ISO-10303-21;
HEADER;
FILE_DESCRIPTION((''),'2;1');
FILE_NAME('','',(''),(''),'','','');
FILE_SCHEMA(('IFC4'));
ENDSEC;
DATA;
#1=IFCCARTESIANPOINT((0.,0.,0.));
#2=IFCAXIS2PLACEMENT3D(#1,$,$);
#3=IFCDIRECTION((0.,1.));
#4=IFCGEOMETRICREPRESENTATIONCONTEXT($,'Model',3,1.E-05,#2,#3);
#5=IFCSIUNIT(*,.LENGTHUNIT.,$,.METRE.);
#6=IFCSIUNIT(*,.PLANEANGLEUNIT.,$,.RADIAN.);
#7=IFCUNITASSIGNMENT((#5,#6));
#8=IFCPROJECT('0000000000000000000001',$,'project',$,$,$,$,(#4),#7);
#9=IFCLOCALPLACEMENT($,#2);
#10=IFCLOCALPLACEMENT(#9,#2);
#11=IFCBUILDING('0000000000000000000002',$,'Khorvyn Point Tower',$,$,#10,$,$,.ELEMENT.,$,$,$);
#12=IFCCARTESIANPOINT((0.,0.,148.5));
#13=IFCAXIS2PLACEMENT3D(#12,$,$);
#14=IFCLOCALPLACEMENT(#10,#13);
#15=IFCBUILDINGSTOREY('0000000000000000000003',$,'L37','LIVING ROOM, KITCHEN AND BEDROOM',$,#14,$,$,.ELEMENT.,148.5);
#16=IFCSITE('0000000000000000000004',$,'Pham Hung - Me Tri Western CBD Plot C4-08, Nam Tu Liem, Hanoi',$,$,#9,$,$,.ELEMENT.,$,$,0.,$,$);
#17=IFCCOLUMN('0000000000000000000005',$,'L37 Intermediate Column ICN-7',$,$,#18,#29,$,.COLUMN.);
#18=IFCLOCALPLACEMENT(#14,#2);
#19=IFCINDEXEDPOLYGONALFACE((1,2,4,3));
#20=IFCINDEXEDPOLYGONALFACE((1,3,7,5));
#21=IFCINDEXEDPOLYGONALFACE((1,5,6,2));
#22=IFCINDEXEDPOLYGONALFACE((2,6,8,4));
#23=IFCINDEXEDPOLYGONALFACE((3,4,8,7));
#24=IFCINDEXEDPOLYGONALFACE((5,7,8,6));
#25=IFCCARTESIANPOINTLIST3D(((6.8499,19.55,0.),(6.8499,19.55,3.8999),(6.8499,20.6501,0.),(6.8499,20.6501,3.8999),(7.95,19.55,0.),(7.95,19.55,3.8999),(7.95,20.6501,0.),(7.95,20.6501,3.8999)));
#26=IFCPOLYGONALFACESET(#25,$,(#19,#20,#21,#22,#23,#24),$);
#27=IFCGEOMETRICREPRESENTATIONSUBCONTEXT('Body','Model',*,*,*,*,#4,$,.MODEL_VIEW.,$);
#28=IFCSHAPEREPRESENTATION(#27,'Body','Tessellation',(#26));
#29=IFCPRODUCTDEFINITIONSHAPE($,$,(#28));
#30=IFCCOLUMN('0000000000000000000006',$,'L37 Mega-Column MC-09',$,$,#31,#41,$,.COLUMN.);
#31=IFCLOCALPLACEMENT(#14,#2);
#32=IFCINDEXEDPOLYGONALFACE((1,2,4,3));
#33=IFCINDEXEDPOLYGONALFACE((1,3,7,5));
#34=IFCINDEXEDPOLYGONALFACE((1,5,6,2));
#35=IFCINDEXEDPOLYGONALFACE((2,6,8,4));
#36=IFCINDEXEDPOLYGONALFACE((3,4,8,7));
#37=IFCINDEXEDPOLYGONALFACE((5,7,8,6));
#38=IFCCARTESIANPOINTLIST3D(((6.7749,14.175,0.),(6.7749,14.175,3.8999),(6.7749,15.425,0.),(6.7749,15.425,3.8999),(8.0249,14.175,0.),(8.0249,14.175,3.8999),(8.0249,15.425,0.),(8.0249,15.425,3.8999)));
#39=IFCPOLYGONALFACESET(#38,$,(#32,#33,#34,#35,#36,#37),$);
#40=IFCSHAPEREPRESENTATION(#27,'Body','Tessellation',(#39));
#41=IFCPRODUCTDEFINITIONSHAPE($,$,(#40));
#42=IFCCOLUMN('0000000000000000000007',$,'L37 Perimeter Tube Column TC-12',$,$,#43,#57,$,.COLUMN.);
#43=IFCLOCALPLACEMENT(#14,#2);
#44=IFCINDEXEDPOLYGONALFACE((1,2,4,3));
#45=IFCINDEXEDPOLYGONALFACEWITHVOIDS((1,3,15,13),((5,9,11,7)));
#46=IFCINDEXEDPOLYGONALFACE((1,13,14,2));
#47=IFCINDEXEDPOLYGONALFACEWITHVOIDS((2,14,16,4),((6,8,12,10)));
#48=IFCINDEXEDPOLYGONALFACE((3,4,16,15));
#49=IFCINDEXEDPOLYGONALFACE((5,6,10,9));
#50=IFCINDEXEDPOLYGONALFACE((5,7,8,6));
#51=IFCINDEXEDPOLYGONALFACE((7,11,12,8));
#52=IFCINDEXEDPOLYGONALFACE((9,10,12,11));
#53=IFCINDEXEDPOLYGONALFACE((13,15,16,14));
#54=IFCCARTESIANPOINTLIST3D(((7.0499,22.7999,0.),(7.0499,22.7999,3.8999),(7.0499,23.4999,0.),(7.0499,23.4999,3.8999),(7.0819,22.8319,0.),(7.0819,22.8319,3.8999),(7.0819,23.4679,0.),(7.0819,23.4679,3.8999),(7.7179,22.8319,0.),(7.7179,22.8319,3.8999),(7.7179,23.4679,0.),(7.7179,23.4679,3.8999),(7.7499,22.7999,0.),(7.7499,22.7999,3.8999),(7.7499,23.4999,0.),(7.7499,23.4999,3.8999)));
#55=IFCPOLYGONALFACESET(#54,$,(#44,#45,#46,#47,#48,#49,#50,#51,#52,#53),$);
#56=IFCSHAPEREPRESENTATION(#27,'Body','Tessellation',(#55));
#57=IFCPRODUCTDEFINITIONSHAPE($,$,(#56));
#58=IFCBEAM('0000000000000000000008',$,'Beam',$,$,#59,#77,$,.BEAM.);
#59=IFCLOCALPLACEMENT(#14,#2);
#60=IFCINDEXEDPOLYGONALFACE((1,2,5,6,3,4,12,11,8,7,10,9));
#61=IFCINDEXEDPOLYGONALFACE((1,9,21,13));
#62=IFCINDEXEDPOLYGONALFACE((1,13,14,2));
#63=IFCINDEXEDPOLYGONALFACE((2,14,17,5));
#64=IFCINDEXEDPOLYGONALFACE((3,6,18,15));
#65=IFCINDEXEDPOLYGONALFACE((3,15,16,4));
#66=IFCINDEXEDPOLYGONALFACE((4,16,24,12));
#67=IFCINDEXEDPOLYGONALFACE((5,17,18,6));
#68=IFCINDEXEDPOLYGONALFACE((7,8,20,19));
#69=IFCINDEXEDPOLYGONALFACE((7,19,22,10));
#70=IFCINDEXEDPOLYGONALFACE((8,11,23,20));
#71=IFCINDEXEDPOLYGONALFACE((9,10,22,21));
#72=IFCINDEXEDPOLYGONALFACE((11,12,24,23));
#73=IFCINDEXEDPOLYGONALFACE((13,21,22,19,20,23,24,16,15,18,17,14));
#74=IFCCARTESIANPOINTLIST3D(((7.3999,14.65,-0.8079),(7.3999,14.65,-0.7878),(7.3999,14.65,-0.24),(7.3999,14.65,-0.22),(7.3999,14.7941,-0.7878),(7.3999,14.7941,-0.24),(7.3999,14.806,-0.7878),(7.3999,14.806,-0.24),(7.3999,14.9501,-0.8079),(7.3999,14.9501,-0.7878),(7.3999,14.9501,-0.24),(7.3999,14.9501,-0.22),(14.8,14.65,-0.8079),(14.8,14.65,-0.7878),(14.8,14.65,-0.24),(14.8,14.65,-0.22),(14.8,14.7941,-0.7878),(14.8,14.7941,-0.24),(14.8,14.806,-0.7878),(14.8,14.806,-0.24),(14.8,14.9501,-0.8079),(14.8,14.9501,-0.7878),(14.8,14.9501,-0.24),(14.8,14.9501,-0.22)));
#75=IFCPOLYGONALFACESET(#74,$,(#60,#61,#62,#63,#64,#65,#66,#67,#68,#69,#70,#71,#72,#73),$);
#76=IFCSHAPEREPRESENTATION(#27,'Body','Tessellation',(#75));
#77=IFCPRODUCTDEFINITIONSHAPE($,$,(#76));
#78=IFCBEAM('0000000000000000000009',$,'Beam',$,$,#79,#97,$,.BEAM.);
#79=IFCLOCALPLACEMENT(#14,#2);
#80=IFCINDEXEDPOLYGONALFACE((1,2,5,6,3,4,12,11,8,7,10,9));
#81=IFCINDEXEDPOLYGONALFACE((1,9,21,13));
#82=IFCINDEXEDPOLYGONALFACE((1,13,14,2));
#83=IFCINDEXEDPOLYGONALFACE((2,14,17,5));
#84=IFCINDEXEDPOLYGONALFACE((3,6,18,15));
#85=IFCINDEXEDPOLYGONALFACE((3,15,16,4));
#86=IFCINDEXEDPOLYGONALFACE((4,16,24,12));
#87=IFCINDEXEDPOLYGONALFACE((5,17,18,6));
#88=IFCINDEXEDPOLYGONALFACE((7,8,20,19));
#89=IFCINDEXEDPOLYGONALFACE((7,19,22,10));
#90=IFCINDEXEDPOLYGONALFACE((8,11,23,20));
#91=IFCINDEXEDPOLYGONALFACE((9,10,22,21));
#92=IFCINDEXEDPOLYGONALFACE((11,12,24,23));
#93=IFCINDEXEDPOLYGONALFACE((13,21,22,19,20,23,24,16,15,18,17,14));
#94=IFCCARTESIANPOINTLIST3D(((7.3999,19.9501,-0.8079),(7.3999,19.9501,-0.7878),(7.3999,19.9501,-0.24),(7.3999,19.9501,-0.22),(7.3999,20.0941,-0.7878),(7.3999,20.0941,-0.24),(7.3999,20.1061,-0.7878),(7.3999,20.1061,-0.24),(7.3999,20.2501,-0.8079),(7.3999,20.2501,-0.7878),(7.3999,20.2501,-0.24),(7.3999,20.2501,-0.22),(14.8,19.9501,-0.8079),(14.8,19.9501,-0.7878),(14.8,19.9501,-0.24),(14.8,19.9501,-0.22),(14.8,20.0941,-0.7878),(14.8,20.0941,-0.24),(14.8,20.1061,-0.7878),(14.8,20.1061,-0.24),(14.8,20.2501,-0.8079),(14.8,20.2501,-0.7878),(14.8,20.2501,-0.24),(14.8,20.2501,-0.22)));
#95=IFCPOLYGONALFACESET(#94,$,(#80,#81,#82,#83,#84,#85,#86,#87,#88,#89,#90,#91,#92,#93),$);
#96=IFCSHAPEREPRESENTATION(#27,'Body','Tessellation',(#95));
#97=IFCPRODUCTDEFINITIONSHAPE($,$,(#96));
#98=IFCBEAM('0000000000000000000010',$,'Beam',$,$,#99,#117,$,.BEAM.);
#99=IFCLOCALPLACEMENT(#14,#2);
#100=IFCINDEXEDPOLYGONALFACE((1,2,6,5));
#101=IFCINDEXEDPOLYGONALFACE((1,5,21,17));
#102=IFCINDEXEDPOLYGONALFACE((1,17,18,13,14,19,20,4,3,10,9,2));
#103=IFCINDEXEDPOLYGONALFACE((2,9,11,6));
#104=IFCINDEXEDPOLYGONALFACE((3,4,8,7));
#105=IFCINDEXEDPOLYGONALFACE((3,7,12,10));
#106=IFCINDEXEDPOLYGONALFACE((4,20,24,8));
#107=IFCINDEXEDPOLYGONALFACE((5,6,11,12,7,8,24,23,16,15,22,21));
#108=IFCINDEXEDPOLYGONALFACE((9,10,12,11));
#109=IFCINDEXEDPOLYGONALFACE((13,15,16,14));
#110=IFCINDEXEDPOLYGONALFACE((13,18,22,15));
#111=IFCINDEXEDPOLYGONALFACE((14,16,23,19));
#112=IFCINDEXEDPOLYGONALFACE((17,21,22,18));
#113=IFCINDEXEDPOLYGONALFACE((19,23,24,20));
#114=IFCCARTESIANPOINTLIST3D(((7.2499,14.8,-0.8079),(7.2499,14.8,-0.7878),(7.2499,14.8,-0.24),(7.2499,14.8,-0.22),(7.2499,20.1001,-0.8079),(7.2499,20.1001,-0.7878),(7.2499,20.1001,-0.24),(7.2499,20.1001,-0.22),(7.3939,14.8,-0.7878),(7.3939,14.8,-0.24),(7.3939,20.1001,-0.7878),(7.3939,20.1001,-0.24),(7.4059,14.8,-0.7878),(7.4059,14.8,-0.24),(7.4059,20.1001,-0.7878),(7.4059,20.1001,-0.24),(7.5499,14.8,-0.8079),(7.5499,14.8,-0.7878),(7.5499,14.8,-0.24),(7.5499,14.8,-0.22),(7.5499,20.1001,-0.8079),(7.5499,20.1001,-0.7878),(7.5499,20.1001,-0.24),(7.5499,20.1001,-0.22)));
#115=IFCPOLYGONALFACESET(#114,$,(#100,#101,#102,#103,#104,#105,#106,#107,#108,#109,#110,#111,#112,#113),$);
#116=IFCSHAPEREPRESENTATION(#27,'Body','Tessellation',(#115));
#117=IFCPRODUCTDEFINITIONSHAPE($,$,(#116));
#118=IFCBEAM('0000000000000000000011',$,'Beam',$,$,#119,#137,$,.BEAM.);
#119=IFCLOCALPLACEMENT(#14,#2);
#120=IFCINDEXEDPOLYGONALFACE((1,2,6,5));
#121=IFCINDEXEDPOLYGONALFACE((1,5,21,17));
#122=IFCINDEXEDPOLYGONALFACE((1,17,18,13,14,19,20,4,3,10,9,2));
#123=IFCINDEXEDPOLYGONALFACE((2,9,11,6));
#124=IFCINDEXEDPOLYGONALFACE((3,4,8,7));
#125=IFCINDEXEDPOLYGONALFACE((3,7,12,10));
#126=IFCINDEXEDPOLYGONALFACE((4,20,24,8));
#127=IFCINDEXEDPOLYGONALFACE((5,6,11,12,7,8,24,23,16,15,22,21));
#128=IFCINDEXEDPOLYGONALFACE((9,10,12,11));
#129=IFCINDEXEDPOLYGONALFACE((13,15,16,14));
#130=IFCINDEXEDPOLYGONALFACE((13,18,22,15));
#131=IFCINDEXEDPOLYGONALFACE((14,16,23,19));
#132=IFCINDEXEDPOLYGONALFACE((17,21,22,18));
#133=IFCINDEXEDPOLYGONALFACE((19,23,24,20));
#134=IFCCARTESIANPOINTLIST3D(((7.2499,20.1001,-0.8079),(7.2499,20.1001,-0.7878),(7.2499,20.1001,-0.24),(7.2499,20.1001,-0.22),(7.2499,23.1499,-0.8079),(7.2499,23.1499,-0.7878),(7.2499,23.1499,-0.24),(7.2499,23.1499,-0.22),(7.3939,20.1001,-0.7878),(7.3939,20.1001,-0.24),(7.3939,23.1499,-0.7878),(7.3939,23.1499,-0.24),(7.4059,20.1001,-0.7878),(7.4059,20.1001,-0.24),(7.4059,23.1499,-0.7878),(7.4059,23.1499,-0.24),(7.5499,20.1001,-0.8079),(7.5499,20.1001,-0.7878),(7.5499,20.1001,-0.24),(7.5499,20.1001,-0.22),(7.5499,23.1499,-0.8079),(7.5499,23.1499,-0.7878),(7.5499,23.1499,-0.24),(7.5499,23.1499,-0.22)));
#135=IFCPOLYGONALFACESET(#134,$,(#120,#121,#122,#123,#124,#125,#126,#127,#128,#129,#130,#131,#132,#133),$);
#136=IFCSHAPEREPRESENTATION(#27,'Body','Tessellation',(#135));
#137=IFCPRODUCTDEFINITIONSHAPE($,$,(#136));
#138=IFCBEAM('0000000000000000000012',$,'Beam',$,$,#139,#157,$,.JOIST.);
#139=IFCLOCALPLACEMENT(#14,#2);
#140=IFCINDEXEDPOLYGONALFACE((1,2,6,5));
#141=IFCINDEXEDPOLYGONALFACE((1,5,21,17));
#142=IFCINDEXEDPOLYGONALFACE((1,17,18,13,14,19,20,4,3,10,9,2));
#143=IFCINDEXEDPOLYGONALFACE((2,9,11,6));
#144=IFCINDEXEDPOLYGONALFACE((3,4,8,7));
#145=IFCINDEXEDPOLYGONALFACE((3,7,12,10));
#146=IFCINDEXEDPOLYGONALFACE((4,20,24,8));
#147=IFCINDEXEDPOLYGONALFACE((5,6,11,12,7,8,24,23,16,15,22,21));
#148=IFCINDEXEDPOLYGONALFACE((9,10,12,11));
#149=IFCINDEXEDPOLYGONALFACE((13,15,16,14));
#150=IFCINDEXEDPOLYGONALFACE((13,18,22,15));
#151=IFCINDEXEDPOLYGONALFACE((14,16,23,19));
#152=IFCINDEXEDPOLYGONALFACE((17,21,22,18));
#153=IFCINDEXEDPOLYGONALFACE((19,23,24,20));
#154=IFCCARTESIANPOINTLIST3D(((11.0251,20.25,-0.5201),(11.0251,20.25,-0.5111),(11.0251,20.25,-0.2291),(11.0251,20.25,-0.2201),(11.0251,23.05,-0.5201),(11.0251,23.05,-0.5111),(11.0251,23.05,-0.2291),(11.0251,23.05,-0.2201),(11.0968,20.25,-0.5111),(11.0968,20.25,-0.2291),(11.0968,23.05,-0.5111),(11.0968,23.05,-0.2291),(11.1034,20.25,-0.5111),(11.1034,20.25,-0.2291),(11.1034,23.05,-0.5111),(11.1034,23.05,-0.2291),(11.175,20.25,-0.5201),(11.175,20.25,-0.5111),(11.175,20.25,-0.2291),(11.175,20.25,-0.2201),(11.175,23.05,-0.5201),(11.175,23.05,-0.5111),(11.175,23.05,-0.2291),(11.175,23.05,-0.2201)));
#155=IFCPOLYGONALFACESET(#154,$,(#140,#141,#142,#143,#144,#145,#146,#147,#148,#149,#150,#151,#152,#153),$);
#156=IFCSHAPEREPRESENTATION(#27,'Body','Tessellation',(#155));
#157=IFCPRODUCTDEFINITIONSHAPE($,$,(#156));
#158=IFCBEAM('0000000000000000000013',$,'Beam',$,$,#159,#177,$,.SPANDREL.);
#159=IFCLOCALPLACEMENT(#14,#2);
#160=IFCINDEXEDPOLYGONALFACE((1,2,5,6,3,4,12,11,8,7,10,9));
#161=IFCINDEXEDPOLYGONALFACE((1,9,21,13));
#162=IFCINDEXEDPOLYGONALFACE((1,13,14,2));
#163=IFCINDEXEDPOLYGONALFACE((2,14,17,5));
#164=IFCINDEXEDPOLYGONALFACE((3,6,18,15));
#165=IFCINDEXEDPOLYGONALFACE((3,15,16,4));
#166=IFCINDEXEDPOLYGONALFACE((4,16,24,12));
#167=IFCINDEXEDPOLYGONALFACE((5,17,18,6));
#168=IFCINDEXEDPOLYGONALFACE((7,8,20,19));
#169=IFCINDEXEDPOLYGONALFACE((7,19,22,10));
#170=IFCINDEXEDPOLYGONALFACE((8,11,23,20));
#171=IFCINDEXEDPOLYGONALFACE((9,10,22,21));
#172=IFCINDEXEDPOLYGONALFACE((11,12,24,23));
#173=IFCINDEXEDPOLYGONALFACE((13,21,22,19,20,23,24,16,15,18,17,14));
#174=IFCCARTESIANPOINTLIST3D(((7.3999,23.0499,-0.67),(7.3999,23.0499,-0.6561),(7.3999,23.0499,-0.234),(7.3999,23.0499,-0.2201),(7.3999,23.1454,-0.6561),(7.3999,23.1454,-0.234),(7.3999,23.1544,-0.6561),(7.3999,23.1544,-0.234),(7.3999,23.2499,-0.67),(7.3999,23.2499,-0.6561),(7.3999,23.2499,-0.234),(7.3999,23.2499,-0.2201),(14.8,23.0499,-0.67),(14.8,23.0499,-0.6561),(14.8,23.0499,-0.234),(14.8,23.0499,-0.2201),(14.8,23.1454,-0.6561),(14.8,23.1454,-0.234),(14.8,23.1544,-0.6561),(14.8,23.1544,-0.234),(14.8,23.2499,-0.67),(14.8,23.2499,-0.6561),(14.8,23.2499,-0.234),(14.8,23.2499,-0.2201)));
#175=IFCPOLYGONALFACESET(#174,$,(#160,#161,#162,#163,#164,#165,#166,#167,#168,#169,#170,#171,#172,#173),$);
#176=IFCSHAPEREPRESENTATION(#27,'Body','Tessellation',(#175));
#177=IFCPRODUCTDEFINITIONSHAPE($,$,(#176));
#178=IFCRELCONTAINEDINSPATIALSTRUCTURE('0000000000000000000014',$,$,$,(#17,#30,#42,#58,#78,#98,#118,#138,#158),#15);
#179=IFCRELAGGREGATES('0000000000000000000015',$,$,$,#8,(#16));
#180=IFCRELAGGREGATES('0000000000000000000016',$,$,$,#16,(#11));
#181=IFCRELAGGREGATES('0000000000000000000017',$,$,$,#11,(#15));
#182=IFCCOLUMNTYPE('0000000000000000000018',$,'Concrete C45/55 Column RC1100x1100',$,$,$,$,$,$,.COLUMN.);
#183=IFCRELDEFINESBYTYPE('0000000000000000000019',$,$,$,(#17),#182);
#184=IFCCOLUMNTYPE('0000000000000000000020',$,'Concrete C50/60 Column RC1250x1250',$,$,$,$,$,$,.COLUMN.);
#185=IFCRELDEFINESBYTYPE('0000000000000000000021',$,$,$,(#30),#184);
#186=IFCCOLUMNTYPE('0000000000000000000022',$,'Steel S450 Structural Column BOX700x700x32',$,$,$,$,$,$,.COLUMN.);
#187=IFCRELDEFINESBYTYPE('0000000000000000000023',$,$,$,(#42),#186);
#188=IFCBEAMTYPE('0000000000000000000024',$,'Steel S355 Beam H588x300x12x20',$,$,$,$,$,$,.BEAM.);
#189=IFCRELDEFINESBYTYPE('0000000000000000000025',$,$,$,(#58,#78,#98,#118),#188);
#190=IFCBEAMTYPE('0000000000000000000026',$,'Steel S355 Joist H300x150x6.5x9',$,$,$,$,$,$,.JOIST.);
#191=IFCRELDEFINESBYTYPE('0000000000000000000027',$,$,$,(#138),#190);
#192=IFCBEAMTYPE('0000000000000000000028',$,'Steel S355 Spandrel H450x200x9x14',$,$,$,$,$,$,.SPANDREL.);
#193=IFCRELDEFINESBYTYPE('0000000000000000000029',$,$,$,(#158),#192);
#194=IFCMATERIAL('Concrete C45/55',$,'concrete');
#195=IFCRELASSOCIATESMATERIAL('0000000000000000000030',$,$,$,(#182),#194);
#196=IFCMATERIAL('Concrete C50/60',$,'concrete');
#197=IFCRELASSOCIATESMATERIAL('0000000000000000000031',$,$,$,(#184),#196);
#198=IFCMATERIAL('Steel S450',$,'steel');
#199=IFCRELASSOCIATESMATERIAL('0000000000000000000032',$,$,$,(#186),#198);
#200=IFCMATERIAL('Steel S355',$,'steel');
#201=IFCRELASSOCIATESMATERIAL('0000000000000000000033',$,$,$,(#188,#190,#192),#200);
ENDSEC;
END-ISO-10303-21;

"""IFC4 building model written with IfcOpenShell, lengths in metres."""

from ifc_helpers import new_model, si_unit, direction, frame, origin, origin_2d, place, context, subcontext, project, spatial, rectangle, hollow_rectangle, i_section, extrude, material, material_profile, profile_set, type_object, element, save


model = new_model("IFC4")

# Units and contexts
model_context = context("Model", 3, precision=1e-05, world=origin(), true_north=direction((0.0, 1.0)))
body_context = subcontext(model_context, "Body", "Model", "MODEL_VIEW")
ifc_project = project(units=[si_unit("LENGTHUNIT", "METRE"), si_unit("PLANEANGLEUNIT", "RADIAN")], contexts=[model_context])

# Site, building, storey
site_placement = place(None, origin())
site = spatial("IfcSite", under=ifc_project, at=site_placement, Name="Pham Hung - Me Tri Western CBD Plot C4-08, Nam Tu Liem, Hanoi", CompositionType="ELEMENT", RefElevation=0.0)
building_placement = place(site_placement, origin())
building = spatial("IfcBuilding", under=site, at=building_placement, Name="Khorvyn Point Tower", CompositionType="ELEMENT")
storey_placement = place(building_placement, frame((0.0, 0.0, 148.5)))
storey = spatial("IfcBuildingStorey", under=building, at=storey_placement, Name="L37", Description="LIVING ROOM, KITCHEN AND BEDROOM", CompositionType="ELEMENT", Elevation=148.5)

# Columns
ifc_material_1 = material(Name="Concrete C45/55", Category="concrete")
ifc_material_profile_1 = material_profile(ifc_material_1, rectangle(XDim=1.1001, YDim=1.1001, at=origin_2d()))
ifc_profile_set_1 = profile_set([ifc_material_profile_1], Name="Concrete C45/55 RC1100x1100")
column_type_1 = type_object("IfcColumnType", Name="Concrete C45/55 Column RC1100x1100", PredefinedType="COLUMN", material=ifc_profile_set_1)
column_1_placement = place(storey_placement, frame((7.3999, 20.1001, 0.0), z_axis=(0.0, 0.0, 1.0), x_axis=(1.0, 0.0, 0.0)))
element("IfcColumn", 1, at=column_1_placement, inside=storey, type_object=column_type_1, Name="L37 Intermediate Column ICN-7", PredefinedType="COLUMN", context=body_context, shape_type="SweptSolid", body=[
    extrude(rectangle(XDim=1.1001, YDim=1.1001, at=origin_2d()), origin(), (0.0, 0.0, 1.0), 3.8999),
])
ifc_material_2 = material(Name="Concrete C50/60", Category="concrete")
ifc_material_profile_2 = material_profile(ifc_material_2, rectangle(XDim=1.25, YDim=1.25, at=origin_2d()))
ifc_profile_set_2 = profile_set([ifc_material_profile_2], Name="Concrete C50/60 RC1250x1250")
column_type_2 = type_object("IfcColumnType", Name="Concrete C50/60 Column RC1250x1250", PredefinedType="COLUMN", material=ifc_profile_set_2)
column_2_placement = place(storey_placement, frame((7.3999, 14.8, 0.0), z_axis=(0.0, 0.0, 1.0), x_axis=(1.0, 0.0, 0.0)))
element("IfcColumn", 2, at=column_2_placement, inside=storey, type_object=column_type_2, Name="L37 Mega-Column MC-09", PredefinedType="COLUMN", context=body_context, shape_type="SweptSolid", body=[
    extrude(rectangle(XDim=1.25, YDim=1.25, at=origin_2d()), origin(), (0.0, 0.0, 1.0), 3.8999),
])
ifc_material_3 = material(Name="Steel S450", Category="steel")
ifc_material_profile_3 = material_profile(ifc_material_3, hollow_rectangle(XDim=0.7, YDim=0.7, WallThickness=0.032, at=origin_2d()))
ifc_profile_set_3 = profile_set([ifc_material_profile_3], Name="Steel S450 BOX700x700x32")
column_type_3 = type_object("IfcColumnType", Name="Steel S450 Structural Column BOX700x700x32", PredefinedType="COLUMN", material=ifc_profile_set_3)
column_3_placement = place(storey_placement, frame((7.3999, 23.1499, 0.0), z_axis=(0.0, 0.0, 1.0), x_axis=(1.0, 0.0, 0.0)))
element("IfcColumn", 3, at=column_3_placement, inside=storey, type_object=column_type_3, Name="L37 Perimeter Tube Column TC-12", PredefinedType="COLUMN", context=body_context, shape_type="SweptSolid", body=[
    extrude(hollow_rectangle(XDim=0.7, YDim=0.7, WallThickness=0.032, at=origin_2d()), origin(), (0.0, 0.0, 1.0), 3.8999),
])

# Beams
ifc_material_4 = material(Name="Steel S355", Category="steel")
ifc_material_profile_4 = material_profile(ifc_material_4, i_section(OverallWidth=0.3, OverallDepth=0.5879, WebThickness=0.012, FlangeThickness=0.02, at=origin_2d()))
ifc_profile_set_4 = profile_set([ifc_material_profile_4], Name="Steel S355 H588x300x12x20")
beam_type_1 = type_object("IfcBeamType", Name="Steel S355 Beam H588x300x12x20", PredefinedType="BEAM", material=ifc_profile_set_4)
for number, where, z_axis, x_axis, name in (
    (4, (7.3999, 14.8, -0.5139), (1.0, 0.0, 0.0), (0.0, 1.0, 0.0), "Beam"),
    (5, (7.3999, 20.1001, -0.5139), (1.0, 0.0, 0.0), (0.0, 1.0, 0.0), "Beam"),
):
    element("IfcBeam", number, at=place(storey_placement, frame(where, z_axis=z_axis, x_axis=x_axis)), inside=storey, type_object=beam_type_1, Name=name, PredefinedType="BEAM", context=body_context, shape_type="SweptSolid", body=[
        extrude(i_section(OverallWidth=0.3, OverallDepth=0.5879, WebThickness=0.012, FlangeThickness=0.02, at=origin_2d()), origin(), (0.0, 0.0, 1.0), 7.4001),
    ])
beam_1_placement = place(storey_placement, frame((7.3999, 14.8, -0.5139), z_axis=(0.0, 1.0, 0.0), x_axis=(-1.0, 0.0, 0.0)))
element("IfcBeam", 6, at=beam_1_placement, inside=storey, type_object=beam_type_1, Name="Beam", PredefinedType="BEAM", context=body_context, shape_type="SweptSolid", body=[
    extrude(i_section(OverallWidth=0.3, OverallDepth=0.5879, WebThickness=0.012, FlangeThickness=0.02, at=origin_2d()), origin(), (0.0, 0.0, 1.0), 5.3),
])
beam_2_placement = place(storey_placement, frame((7.3999, 20.1001, -0.5139), z_axis=(0.0, 1.0, 0.0), x_axis=(-1.0, 0.0, 0.0)))
element("IfcBeam", 7, at=beam_2_placement, inside=storey, type_object=beam_type_1, Name="Beam", PredefinedType="BEAM", context=body_context, shape_type="SweptSolid", body=[
    extrude(i_section(OverallWidth=0.3, OverallDepth=0.5879, WebThickness=0.012, FlangeThickness=0.02, at=origin_2d()), origin(), (0.0, 0.0, 1.0), 3.0498),
])
ifc_material_profile_5 = material_profile(ifc_material_4, i_section(OverallWidth=0.1499, OverallDepth=0.3, WebThickness=0.0066, FlangeThickness=0.009, at=origin_2d()))
ifc_profile_set_5 = profile_set([ifc_material_profile_5], Name="Steel S355 H300x150x6.5x9")
beam_type_2 = type_object("IfcBeamType", Name="Steel S355 Joist H300x150x6.5x9", PredefinedType="JOIST", material=ifc_profile_set_5)
beam_3_placement = place(storey_placement, frame((11.1001, 20.25, -0.3701), z_axis=(0.0, 1.0, 0.0), x_axis=(-1.0, 0.0, 0.0)))
element("IfcBeam", 8, at=beam_3_placement, inside=storey, type_object=beam_type_2, Name="Beam", PredefinedType="JOIST", context=body_context, shape_type="SweptSolid", body=[
    extrude(i_section(OverallWidth=0.1499, OverallDepth=0.3, WebThickness=0.0066, FlangeThickness=0.009, at=origin_2d()), origin(), (0.0, 0.0, 1.0), 2.8),
])
ifc_material_profile_6 = material_profile(ifc_material_4, i_section(OverallWidth=0.2, OverallDepth=0.45, WebThickness=0.009, FlangeThickness=0.0139, at=origin_2d()))
ifc_profile_set_6 = profile_set([ifc_material_profile_6], Name="Steel S355 H450x200x9x14")
beam_type_3 = type_object("IfcBeamType", Name="Steel S355 Spandrel H450x200x9x14", PredefinedType="SPANDREL", material=ifc_profile_set_6)
beam_4_placement = place(storey_placement, frame((7.3999, 23.1499, -0.4451), z_axis=(1.0, 0.0, 0.0), x_axis=(0.0, 1.0, 0.0)))
element("IfcBeam", 9, at=beam_4_placement, inside=storey, type_object=beam_type_3, Name="Beam", PredefinedType="SPANDREL", context=body_context, shape_type="SweptSolid", body=[
    extrude(i_section(OverallWidth=0.2, OverallDepth=0.45, WebThickness=0.009, FlangeThickness=0.0139, at=origin_2d()), origin(), (0.0, 0.0, 1.0), 7.4001),
])

save(model, "model.ifc")
